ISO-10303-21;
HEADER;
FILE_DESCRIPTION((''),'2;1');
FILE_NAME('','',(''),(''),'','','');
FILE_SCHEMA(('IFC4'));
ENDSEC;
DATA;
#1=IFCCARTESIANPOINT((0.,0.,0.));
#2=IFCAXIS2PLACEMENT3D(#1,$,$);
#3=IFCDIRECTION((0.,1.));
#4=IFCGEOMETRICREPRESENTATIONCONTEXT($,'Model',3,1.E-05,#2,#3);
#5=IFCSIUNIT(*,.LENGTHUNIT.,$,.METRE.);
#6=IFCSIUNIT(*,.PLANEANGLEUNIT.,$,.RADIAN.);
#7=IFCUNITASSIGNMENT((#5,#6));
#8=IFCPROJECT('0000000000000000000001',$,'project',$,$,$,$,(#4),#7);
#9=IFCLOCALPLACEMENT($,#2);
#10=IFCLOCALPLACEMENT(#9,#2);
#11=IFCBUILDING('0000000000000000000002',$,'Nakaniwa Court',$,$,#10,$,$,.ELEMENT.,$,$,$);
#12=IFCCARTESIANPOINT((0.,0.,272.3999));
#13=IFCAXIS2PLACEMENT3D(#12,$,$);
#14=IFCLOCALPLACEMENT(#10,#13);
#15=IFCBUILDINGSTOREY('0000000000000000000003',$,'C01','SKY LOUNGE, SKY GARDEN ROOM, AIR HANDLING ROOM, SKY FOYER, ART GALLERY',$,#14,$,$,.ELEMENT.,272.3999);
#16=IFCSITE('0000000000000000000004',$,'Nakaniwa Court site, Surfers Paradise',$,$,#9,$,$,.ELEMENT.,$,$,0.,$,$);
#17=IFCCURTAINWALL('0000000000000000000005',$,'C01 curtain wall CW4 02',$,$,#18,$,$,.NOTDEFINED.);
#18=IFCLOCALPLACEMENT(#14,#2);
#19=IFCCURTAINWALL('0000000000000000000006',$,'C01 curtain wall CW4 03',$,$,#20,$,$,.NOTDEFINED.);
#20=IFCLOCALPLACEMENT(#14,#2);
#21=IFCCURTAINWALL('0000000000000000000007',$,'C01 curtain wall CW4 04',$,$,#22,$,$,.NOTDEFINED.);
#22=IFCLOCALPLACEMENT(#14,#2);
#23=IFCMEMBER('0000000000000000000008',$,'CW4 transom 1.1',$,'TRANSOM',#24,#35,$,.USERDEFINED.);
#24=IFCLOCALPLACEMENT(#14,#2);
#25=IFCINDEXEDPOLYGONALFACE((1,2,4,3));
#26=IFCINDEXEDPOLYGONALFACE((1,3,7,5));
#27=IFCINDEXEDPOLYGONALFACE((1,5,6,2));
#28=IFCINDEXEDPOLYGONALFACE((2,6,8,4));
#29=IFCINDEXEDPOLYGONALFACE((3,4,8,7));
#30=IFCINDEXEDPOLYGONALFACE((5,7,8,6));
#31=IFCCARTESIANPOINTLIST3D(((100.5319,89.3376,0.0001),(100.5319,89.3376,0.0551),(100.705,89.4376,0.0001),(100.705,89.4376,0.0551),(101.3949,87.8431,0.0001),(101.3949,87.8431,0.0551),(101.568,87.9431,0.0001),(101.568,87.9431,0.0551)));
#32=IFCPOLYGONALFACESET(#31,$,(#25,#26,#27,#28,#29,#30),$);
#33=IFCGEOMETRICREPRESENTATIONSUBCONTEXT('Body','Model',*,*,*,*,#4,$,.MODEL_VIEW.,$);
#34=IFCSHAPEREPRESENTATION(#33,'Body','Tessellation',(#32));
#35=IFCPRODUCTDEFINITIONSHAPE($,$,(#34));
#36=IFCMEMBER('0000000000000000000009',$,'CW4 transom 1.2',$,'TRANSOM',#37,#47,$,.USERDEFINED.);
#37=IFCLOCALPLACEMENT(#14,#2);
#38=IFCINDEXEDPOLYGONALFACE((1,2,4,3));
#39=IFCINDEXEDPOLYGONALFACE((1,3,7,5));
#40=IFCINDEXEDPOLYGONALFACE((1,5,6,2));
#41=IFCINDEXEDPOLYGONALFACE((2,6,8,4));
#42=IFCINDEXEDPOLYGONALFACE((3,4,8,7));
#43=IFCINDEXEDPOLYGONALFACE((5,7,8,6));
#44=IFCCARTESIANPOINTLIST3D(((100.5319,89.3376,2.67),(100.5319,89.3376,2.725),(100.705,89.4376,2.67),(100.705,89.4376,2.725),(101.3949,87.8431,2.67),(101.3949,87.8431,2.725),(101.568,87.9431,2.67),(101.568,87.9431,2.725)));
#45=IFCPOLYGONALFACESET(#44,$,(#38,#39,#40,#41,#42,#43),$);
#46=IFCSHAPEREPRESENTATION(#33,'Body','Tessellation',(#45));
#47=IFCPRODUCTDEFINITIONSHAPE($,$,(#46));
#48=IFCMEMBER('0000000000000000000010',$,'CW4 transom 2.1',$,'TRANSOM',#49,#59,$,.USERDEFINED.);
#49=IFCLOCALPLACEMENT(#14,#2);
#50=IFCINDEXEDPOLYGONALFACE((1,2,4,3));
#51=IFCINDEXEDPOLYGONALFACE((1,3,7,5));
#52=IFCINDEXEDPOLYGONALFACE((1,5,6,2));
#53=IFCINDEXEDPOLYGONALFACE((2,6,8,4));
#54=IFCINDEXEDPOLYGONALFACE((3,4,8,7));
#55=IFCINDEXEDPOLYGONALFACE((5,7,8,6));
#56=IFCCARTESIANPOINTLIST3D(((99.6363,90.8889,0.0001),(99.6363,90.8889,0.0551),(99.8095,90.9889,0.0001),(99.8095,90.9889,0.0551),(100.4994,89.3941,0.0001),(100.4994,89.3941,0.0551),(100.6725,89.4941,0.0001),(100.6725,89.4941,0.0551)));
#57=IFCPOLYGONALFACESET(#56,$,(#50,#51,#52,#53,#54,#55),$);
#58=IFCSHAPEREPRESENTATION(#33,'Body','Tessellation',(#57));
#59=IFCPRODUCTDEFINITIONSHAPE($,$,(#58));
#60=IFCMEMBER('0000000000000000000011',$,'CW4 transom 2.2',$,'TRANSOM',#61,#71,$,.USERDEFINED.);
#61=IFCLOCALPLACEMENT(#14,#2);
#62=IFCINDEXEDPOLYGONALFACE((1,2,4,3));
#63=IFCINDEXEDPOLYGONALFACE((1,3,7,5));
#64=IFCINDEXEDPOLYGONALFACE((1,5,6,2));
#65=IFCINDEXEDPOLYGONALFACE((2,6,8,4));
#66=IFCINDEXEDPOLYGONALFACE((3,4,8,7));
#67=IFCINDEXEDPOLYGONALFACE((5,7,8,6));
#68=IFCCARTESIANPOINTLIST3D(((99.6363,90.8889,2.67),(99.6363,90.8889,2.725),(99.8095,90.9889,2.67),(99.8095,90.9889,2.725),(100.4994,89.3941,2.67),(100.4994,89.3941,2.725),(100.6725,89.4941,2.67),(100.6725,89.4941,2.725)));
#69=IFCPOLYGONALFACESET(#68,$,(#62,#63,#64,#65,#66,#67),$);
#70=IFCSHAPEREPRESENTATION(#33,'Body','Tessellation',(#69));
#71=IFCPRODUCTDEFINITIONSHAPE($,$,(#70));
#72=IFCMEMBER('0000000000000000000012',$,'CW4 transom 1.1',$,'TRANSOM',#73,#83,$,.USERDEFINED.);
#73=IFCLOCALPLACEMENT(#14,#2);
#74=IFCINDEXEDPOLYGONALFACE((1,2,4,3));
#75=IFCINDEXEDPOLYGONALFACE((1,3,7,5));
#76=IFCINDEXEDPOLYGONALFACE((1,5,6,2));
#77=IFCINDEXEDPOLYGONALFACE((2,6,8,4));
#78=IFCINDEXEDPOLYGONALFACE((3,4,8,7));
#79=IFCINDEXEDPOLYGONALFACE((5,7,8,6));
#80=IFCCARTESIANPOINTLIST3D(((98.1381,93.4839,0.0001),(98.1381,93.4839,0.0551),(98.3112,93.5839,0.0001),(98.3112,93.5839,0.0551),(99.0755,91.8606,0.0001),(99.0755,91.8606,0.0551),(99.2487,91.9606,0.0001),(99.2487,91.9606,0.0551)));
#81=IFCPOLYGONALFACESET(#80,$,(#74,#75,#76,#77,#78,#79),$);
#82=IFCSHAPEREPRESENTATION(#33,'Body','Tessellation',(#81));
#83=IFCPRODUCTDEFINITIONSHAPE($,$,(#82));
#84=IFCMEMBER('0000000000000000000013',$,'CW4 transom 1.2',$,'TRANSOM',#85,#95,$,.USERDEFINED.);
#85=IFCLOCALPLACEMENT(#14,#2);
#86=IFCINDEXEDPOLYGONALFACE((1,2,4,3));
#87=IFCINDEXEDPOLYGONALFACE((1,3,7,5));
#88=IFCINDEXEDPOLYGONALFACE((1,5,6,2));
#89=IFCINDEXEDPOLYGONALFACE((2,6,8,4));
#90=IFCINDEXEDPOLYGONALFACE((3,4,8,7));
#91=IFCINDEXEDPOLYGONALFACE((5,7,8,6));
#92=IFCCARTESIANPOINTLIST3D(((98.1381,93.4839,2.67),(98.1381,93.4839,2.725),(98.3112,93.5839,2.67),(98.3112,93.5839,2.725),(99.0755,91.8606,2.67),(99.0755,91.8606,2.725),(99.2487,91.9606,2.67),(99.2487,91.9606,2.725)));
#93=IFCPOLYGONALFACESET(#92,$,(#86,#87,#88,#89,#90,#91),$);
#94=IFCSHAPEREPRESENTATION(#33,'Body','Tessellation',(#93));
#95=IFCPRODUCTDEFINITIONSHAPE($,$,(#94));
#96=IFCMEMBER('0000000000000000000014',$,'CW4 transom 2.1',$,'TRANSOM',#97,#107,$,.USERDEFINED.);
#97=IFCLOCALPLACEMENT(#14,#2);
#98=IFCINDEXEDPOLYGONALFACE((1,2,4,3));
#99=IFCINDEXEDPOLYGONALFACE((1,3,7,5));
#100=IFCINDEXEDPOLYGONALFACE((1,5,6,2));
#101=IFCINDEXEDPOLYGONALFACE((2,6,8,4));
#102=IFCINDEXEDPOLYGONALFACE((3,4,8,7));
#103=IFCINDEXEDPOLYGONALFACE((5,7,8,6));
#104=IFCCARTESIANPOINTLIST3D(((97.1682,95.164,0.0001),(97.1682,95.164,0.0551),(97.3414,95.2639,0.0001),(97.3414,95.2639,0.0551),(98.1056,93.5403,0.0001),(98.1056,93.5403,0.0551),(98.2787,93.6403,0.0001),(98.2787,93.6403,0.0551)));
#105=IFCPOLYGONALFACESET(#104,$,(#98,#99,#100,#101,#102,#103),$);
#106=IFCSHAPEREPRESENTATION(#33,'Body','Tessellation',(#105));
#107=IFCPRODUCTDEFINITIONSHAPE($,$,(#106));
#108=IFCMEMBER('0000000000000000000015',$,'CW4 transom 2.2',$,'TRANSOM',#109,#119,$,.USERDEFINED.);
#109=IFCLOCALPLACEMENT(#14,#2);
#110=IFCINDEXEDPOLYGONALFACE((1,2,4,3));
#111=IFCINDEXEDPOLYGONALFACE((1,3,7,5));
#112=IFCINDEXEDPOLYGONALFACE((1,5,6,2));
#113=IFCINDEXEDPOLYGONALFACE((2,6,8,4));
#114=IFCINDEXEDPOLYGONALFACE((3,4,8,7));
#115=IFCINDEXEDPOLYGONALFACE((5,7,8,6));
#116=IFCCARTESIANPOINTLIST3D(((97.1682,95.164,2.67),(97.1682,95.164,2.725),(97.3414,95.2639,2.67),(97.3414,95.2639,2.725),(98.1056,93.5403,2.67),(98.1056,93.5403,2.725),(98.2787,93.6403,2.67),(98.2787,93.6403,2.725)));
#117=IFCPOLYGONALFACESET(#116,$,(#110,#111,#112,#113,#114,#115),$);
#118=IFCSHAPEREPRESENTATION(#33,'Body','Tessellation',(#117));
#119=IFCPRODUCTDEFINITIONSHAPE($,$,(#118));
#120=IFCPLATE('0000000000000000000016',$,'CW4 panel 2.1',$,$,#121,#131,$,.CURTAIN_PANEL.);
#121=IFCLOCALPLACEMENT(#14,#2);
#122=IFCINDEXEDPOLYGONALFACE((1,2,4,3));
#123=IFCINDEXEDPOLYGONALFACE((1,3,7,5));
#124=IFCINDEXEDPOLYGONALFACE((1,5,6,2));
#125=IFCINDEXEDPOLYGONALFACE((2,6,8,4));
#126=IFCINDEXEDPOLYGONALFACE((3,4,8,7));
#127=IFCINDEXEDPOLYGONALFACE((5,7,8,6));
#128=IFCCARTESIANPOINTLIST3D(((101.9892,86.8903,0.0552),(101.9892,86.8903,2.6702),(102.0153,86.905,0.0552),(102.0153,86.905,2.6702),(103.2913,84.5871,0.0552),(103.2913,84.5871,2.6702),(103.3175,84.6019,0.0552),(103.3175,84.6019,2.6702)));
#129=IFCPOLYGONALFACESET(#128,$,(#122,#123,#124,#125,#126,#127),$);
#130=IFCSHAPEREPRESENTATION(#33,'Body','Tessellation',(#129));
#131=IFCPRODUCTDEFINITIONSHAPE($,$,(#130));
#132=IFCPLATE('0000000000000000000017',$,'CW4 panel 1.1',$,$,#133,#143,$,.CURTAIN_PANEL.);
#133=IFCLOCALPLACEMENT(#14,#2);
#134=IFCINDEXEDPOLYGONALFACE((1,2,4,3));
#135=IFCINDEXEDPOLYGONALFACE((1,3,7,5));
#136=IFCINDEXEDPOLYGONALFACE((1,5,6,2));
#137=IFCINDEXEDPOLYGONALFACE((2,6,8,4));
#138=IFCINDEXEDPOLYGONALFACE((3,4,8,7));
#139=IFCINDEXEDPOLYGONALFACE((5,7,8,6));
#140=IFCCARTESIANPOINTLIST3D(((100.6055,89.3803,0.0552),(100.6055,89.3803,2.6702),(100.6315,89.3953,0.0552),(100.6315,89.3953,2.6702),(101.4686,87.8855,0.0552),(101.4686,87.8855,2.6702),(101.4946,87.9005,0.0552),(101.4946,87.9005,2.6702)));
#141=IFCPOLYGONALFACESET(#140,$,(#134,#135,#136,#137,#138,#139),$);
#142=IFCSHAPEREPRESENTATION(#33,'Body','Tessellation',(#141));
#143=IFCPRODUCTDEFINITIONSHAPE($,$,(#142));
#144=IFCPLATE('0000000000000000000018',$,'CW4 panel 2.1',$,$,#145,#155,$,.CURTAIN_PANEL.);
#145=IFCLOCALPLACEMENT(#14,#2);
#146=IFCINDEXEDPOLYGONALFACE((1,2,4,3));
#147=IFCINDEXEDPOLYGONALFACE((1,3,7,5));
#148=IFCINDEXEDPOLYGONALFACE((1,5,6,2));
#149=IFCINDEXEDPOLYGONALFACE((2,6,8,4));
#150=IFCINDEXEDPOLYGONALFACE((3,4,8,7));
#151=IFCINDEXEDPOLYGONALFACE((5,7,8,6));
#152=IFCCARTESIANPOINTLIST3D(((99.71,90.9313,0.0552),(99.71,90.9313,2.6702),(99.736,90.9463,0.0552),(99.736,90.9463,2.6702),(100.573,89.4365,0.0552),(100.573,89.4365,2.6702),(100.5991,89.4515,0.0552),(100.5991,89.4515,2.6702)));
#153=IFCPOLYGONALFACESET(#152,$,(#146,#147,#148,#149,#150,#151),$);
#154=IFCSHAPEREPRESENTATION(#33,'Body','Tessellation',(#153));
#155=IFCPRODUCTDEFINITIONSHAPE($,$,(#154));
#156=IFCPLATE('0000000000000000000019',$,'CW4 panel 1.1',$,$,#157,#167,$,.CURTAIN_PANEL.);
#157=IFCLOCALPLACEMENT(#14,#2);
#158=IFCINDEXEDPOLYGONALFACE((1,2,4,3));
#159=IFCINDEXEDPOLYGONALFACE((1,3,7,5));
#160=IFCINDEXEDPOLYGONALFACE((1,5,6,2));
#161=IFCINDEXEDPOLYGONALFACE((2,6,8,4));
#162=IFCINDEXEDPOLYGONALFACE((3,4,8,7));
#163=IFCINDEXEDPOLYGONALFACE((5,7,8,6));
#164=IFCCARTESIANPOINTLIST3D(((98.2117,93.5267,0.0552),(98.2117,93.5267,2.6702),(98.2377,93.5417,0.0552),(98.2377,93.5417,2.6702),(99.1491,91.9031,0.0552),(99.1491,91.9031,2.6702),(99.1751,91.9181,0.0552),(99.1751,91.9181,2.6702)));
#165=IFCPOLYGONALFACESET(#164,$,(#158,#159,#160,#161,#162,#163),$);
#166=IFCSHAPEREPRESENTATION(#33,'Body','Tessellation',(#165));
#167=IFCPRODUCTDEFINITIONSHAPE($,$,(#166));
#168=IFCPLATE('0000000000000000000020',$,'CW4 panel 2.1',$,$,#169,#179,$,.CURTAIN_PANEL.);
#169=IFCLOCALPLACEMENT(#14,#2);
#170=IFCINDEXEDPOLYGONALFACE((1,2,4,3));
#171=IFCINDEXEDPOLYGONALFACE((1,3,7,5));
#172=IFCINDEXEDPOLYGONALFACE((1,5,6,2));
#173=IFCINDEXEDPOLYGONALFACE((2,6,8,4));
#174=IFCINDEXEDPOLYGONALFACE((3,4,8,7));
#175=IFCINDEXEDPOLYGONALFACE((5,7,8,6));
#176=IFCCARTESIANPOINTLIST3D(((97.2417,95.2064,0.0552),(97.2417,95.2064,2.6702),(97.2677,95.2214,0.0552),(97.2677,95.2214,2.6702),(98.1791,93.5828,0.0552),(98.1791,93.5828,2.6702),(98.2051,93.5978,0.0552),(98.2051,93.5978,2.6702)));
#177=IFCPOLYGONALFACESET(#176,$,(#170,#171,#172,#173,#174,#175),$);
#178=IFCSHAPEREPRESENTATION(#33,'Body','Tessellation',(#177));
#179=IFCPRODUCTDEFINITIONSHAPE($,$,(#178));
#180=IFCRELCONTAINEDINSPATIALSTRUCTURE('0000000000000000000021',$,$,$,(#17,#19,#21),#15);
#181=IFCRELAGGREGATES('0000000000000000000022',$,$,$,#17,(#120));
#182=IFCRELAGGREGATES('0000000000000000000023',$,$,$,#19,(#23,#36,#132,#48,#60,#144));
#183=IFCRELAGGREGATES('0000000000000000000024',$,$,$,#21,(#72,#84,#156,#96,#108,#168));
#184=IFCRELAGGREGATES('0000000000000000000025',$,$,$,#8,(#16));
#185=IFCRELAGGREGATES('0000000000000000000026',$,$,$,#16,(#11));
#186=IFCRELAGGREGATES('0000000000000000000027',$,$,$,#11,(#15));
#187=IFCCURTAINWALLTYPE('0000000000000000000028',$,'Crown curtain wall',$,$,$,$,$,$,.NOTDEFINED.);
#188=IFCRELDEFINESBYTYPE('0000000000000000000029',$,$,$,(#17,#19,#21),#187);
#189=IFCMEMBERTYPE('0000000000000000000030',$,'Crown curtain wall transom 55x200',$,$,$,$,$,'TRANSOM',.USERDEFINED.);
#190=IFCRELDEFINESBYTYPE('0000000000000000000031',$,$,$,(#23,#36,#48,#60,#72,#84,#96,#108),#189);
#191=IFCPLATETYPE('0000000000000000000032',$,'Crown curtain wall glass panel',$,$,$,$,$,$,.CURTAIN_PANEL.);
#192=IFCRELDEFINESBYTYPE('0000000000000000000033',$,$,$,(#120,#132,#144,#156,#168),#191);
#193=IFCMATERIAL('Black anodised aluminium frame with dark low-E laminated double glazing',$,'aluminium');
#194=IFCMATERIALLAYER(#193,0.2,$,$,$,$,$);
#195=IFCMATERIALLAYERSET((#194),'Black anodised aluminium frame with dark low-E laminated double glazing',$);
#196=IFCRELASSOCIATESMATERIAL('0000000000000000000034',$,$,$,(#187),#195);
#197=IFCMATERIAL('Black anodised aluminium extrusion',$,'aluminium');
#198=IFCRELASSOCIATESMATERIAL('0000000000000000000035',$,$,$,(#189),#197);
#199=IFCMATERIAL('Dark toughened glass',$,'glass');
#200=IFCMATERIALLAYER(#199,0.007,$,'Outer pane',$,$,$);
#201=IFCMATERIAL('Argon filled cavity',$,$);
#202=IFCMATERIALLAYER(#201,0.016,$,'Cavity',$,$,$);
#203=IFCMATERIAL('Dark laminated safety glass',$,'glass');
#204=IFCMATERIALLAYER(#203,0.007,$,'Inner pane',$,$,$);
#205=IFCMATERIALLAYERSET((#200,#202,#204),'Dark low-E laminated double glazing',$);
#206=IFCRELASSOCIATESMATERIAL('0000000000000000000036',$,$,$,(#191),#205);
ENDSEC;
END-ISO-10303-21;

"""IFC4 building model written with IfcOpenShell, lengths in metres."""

from ifc_helpers import new_model, si_unit, direction, frame, origin, origin_2d, place, context, subcontext, project, spatial, rectangle, extrude, material, layer, layer_set, material_profile, profile_set, type_object, element, aggregate, save


model = new_model("IFC4")

# Units and contexts
model_context = context("Model", 3, precision=1e-05, world=origin(), true_north=direction((0.0, 1.0)))
body_context = subcontext(model_context, "Body", "Model", "MODEL_VIEW")
ifc_project = project(units=[si_unit("LENGTHUNIT", "METRE"), si_unit("PLANEANGLEUNIT", "RADIAN")], contexts=[model_context])

# Site, building, storey
site_placement = place(None, origin())
site = spatial("IfcSite", under=ifc_project, at=site_placement, Name="Nakaniwa Court site, Surfers Paradise", CompositionType="ELEMENT", RefElevation=0.0)
building_placement = place(site_placement, origin())
building = spatial("IfcBuilding", under=site, at=building_placement, Name="Nakaniwa Court", CompositionType="ELEMENT")
storey_placement = place(building_placement, frame((0.0, 0.0, 272.3999)))
storey = spatial("IfcBuildingStorey", under=building, at=storey_placement, Name="C01", Description="SKY LOUNGE, SKY GARDEN ROOM, AIR HANDLING ROOM, SKY FOYER, ART GALLERY", CompositionType="ELEMENT", Elevation=272.3999)

# Curtain wall
ifc_material_1 = material(Name="Black anodised aluminium frame with dark low-E laminated double glazing", Category="aluminium")
ifc_layer_1 = layer(ifc_material_1, 0.2)
ifc_layer_set_1 = layer_set([ifc_layer_1], Name="Black anodised aluminium frame with dark low-E laminated double glazing")
curtain_wall_type = type_object("IfcCurtainWallType", Name="Crown curtain wall", PredefinedType="NOTDEFINED", material=ifc_layer_set_1)
curtain_wall_1_placement = place(storey_placement, origin())
curtain_wall_1 = element("IfcCurtainWall", 1, at=curtain_wall_1_placement, inside=storey, type_object=curtain_wall_type, Name="C01 curtain wall CW4 02", PredefinedType="NOTDEFINED")
ifc_material_2 = material(Name="Black anodised aluminium extrusion", Category="aluminium")

# Curtain walls
curtain_wall_2_placement = place(storey_placement, origin())
curtain_wall_2 = element("IfcCurtainWall", 2, at=curtain_wall_2_placement, inside=storey, type_object=curtain_wall_type, Name="C01 curtain wall CW4 03", PredefinedType="NOTDEFINED")
curtain_wall_3_placement = place(storey_placement, origin())
curtain_wall_3 = element("IfcCurtainWall", 3, at=curtain_wall_3_placement, inside=storey, type_object=curtain_wall_type, Name="C01 curtain wall CW4 04", PredefinedType="NOTDEFINED")

# Members
ifc_material_profile_1 = material_profile(ifc_material_2, rectangle(XDim=0.2, YDim=0.0549, at=origin_2d()), Name="Crown curtain wall transom 55x200")
ifc_profile_set_1 = profile_set([ifc_material_profile_1], Name="Black anodised aluminium extrusion")
member_type_1 = type_object("IfcMemberType", Name="Crown curtain wall transom 55x200", ElementType="TRANSOM", PredefinedType="USERDEFINED", material=ifc_profile_set_1)
member_1_placement = place(storey_placement, frame((101.4814, 87.8931, 0.0276), z_axis=(-0.500049, 0.865997, 0.0), x_axis=(-0.865997, -0.500049, 0.0)))
member_1 = element("IfcMember", 4, at=member_1_placement, type_object=member_type_1, Name="CW4 transom 1.1", ObjectType="TRANSOM", PredefinedType="USERDEFINED", context=body_context, shape_type="SweptSolid", body=[
    extrude(rectangle(XDim=0.2, YDim=0.0549, at=origin_2d()), origin(), (0.0, 0.0, 1.0), 1.7258),
])
member_2_placement = place(storey_placement, frame((101.4814, 87.8931, 2.6975), z_axis=(-0.500049, 0.865997, 0.0), x_axis=(-0.865997, -0.500049, 0.0)))
member_2 = element("IfcMember", 5, at=member_2_placement, type_object=member_type_1, Name="CW4 transom 1.2", ObjectType="TRANSOM", PredefinedType="USERDEFINED", context=body_context, shape_type="SweptSolid", body=[
    extrude(rectangle(XDim=0.2, YDim=0.0549, at=origin_2d()), origin(), (0.0, 0.0, 1.0), 1.7258),
])
member_3_placement = place(storey_placement, frame((100.5859, 89.4441, 0.0276), z_axis=(-0.499988, 0.866032, 0.0), x_axis=(-0.866032, -0.499988, 0.0)))
member_3 = element("IfcMember", 6, at=member_3_placement, type_object=member_type_1, Name="CW4 transom 2.1", ObjectType="TRANSOM", PredefinedType="USERDEFINED", context=body_context, shape_type="SweptSolid", body=[
    extrude(rectangle(XDim=0.2, YDim=0.0549, at=origin_2d()), origin(), (0.0, 0.0, 1.0), 1.7261),
])
member_4_placement = place(storey_placement, frame((100.5859, 89.4441, 2.6975), z_axis=(-0.499988, 0.866032, 0.0), x_axis=(-0.866032, -0.499988, 0.0)))
member_4 = element("IfcMember", 7, at=member_4_placement, type_object=member_type_1, Name="CW4 transom 2.2", ObjectType="TRANSOM", PredefinedType="USERDEFINED", context=body_context, shape_type="SweptSolid", body=[
    extrude(rectangle(XDim=0.2, YDim=0.0549, at=origin_2d()), origin(), (0.0, 0.0, 1.0), 1.7261),
])
member_5_placement = place(storey_placement, frame((99.1621, 91.9106, 0.0276), z_axis=(-0.500117, 0.865958, 0.0), x_axis=(-0.865958, -0.500117, 0.0)))
member_5 = element("IfcMember", 8, at=member_5_placement, type_object=member_type_1, Name="CW4 transom 1.1", ObjectType="TRANSOM", PredefinedType="USERDEFINED", context=body_context, shape_type="SweptSolid", body=[
    extrude(rectangle(XDim=0.2, YDim=0.0549, at=origin_2d()), origin(), (0.0, 0.0, 1.0), 1.8745),
])
member_6_placement = place(storey_placement, frame((99.1621, 91.9106, 2.6975), z_axis=(-0.500117, 0.865958, 0.0), x_axis=(-0.865958, -0.500117, 0.0)))
member_6 = element("IfcMember", 9, at=member_6_placement, type_object=member_type_1, Name="CW4 transom 1.2", ObjectType="TRANSOM", PredefinedType="USERDEFINED", context=body_context, shape_type="SweptSolid", body=[
    extrude(rectangle(XDim=0.2, YDim=0.0549, at=origin_2d()), origin(), (0.0, 0.0, 1.0), 1.8745),
])
member_7_placement = place(storey_placement, frame((98.1921, 93.5903, 0.0276), z_axis=(-0.499963, 0.866047, 0.0), x_axis=(-0.866047, -0.499963, 0.0)))
member_7 = element("IfcMember", 10, at=member_7_placement, type_object=member_type_1, Name="CW4 transom 2.1", ObjectType="TRANSOM", PredefinedType="USERDEFINED", context=body_context, shape_type="SweptSolid", body=[
    extrude(rectangle(XDim=0.2, YDim=0.0549, at=origin_2d()), origin(), (0.0, 0.0, 1.0), 1.8748),
])
member_8_placement = place(storey_placement, frame((98.1921, 93.5903, 2.6975), z_axis=(-0.499963, 0.866047, 0.0), x_axis=(-0.866047, -0.499963, 0.0)))
member_8 = element("IfcMember", 11, at=member_8_placement, type_object=member_type_1, Name="CW4 transom 2.2", ObjectType="TRANSOM", PredefinedType="USERDEFINED", context=body_context, shape_type="SweptSolid", body=[
    extrude(rectangle(XDim=0.2, YDim=0.0549, at=origin_2d()), origin(), (0.0, 0.0, 1.0), 1.8748),
])

# Plates
ifc_material_3 = material(Name="Dark toughened glass", Category="glass")
ifc_layer_2 = layer(ifc_material_3, 0.007, Name="Outer pane")
ifc_material_4 = material(Name="Argon filled cavity")
ifc_layer_3 = layer(ifc_material_4, 0.016, Name="Cavity")
ifc_material_5 = material(Name="Dark laminated safety glass", Category="glass")
ifc_layer_4 = layer(ifc_material_5, 0.007, Name="Inner pane")
ifc_layer_set_2 = layer_set([ifc_layer_2, ifc_layer_3, ifc_layer_4], Name="Dark low-E laminated double glazing")
plate_type = type_object("IfcPlateType", Name="Crown curtain wall glass panel", PredefinedType="CURTAIN_PANEL", material=ifc_layer_set_2)
plate_1_placement = place(storey_placement, frame((102.6533, 85.7461, 0.0552), z_axis=(0.0, 0.0, 1.0), x_axis=(-0.492177, 0.870495, 0.0)))
plate_1 = element("IfcPlate", 12, at=plate_1_placement, type_object=plate_type, Name="CW4 panel 2.1", PredefinedType="CURTAIN_PANEL", context=body_context, shape_type="SweptSolid", body=[
    extrude(rectangle(XDim=2.6458, YDim=0.03, at=origin_2d()), origin(), (0.0, 0.0, 1.0), 2.615),
])
aggregate(curtain_wall_1, [plate_1])
plate_2_placement = place(storey_placement, frame((101.05, 88.6404, 0.0552), z_axis=(0.0, 0.0, 1.0), x_axis=(-0.499987, 0.866033, 0.0)))
plate_2 = element("IfcPlate", 13, at=plate_2_placement, type_object=plate_type, Name="CW4 panel 1.1", PredefinedType="CURTAIN_PANEL", context=body_context, shape_type="SweptSolid", body=[
    extrude(rectangle(XDim=1.7261, YDim=0.03, at=origin_2d()), origin(), (0.0, 0.0, 1.0), 2.615),
])
plate_3_placement = place(storey_placement, frame((100.1545, 90.1914, 0.0552), z_axis=(0.0, 0.0, 1.0), x_axis=(-0.499987, 0.866033, 0.0)))
plate_3 = element("IfcPlate", 14, at=plate_3_placement, type_object=plate_type, Name="CW4 panel 2.1", PredefinedType="CURTAIN_PANEL", context=body_context, shape_type="SweptSolid", body=[
    extrude(rectangle(XDim=1.7261, YDim=0.03, at=origin_2d()), origin(), (0.0, 0.0, 1.0), 2.615),
])
aggregate(curtain_wall_2, [member_1, member_2, plate_2, member_3, member_4, plate_3])
plate_4_placement = place(storey_placement, frame((98.6934, 92.7224, 0.0552), z_axis=(0.0, 0.0, 1.0), x_axis=(-0.500017, 0.866016, 0.0)))
plate_4 = element("IfcPlate", 15, at=plate_4_placement, type_object=plate_type, Name="CW4 panel 1.1", PredefinedType="CURTAIN_PANEL", context=body_context, shape_type="SweptSolid", body=[
    extrude(rectangle(XDim=1.8748, YDim=0.03, at=origin_2d()), origin(), (0.0, 0.0, 1.0), 2.615),
])
plate_5_placement = place(storey_placement, frame((97.7234, 94.4021, 0.0552), z_axis=(0.0, 0.0, 1.0), x_axis=(-0.500017, 0.866016, 0.0)))
plate_5 = element("IfcPlate", 16, at=plate_5_placement, type_object=plate_type, Name="CW4 panel 2.1", PredefinedType="CURTAIN_PANEL", context=body_context, shape_type="SweptSolid", body=[
    extrude(rectangle(XDim=1.8748, YDim=0.03, at=origin_2d()), origin(), (0.0, 0.0, 1.0), 2.615),
])
aggregate(curtain_wall_3, [member_5, member_6, plate_4, member_7, member_8, plate_5])

save(model, "model.ifc")
